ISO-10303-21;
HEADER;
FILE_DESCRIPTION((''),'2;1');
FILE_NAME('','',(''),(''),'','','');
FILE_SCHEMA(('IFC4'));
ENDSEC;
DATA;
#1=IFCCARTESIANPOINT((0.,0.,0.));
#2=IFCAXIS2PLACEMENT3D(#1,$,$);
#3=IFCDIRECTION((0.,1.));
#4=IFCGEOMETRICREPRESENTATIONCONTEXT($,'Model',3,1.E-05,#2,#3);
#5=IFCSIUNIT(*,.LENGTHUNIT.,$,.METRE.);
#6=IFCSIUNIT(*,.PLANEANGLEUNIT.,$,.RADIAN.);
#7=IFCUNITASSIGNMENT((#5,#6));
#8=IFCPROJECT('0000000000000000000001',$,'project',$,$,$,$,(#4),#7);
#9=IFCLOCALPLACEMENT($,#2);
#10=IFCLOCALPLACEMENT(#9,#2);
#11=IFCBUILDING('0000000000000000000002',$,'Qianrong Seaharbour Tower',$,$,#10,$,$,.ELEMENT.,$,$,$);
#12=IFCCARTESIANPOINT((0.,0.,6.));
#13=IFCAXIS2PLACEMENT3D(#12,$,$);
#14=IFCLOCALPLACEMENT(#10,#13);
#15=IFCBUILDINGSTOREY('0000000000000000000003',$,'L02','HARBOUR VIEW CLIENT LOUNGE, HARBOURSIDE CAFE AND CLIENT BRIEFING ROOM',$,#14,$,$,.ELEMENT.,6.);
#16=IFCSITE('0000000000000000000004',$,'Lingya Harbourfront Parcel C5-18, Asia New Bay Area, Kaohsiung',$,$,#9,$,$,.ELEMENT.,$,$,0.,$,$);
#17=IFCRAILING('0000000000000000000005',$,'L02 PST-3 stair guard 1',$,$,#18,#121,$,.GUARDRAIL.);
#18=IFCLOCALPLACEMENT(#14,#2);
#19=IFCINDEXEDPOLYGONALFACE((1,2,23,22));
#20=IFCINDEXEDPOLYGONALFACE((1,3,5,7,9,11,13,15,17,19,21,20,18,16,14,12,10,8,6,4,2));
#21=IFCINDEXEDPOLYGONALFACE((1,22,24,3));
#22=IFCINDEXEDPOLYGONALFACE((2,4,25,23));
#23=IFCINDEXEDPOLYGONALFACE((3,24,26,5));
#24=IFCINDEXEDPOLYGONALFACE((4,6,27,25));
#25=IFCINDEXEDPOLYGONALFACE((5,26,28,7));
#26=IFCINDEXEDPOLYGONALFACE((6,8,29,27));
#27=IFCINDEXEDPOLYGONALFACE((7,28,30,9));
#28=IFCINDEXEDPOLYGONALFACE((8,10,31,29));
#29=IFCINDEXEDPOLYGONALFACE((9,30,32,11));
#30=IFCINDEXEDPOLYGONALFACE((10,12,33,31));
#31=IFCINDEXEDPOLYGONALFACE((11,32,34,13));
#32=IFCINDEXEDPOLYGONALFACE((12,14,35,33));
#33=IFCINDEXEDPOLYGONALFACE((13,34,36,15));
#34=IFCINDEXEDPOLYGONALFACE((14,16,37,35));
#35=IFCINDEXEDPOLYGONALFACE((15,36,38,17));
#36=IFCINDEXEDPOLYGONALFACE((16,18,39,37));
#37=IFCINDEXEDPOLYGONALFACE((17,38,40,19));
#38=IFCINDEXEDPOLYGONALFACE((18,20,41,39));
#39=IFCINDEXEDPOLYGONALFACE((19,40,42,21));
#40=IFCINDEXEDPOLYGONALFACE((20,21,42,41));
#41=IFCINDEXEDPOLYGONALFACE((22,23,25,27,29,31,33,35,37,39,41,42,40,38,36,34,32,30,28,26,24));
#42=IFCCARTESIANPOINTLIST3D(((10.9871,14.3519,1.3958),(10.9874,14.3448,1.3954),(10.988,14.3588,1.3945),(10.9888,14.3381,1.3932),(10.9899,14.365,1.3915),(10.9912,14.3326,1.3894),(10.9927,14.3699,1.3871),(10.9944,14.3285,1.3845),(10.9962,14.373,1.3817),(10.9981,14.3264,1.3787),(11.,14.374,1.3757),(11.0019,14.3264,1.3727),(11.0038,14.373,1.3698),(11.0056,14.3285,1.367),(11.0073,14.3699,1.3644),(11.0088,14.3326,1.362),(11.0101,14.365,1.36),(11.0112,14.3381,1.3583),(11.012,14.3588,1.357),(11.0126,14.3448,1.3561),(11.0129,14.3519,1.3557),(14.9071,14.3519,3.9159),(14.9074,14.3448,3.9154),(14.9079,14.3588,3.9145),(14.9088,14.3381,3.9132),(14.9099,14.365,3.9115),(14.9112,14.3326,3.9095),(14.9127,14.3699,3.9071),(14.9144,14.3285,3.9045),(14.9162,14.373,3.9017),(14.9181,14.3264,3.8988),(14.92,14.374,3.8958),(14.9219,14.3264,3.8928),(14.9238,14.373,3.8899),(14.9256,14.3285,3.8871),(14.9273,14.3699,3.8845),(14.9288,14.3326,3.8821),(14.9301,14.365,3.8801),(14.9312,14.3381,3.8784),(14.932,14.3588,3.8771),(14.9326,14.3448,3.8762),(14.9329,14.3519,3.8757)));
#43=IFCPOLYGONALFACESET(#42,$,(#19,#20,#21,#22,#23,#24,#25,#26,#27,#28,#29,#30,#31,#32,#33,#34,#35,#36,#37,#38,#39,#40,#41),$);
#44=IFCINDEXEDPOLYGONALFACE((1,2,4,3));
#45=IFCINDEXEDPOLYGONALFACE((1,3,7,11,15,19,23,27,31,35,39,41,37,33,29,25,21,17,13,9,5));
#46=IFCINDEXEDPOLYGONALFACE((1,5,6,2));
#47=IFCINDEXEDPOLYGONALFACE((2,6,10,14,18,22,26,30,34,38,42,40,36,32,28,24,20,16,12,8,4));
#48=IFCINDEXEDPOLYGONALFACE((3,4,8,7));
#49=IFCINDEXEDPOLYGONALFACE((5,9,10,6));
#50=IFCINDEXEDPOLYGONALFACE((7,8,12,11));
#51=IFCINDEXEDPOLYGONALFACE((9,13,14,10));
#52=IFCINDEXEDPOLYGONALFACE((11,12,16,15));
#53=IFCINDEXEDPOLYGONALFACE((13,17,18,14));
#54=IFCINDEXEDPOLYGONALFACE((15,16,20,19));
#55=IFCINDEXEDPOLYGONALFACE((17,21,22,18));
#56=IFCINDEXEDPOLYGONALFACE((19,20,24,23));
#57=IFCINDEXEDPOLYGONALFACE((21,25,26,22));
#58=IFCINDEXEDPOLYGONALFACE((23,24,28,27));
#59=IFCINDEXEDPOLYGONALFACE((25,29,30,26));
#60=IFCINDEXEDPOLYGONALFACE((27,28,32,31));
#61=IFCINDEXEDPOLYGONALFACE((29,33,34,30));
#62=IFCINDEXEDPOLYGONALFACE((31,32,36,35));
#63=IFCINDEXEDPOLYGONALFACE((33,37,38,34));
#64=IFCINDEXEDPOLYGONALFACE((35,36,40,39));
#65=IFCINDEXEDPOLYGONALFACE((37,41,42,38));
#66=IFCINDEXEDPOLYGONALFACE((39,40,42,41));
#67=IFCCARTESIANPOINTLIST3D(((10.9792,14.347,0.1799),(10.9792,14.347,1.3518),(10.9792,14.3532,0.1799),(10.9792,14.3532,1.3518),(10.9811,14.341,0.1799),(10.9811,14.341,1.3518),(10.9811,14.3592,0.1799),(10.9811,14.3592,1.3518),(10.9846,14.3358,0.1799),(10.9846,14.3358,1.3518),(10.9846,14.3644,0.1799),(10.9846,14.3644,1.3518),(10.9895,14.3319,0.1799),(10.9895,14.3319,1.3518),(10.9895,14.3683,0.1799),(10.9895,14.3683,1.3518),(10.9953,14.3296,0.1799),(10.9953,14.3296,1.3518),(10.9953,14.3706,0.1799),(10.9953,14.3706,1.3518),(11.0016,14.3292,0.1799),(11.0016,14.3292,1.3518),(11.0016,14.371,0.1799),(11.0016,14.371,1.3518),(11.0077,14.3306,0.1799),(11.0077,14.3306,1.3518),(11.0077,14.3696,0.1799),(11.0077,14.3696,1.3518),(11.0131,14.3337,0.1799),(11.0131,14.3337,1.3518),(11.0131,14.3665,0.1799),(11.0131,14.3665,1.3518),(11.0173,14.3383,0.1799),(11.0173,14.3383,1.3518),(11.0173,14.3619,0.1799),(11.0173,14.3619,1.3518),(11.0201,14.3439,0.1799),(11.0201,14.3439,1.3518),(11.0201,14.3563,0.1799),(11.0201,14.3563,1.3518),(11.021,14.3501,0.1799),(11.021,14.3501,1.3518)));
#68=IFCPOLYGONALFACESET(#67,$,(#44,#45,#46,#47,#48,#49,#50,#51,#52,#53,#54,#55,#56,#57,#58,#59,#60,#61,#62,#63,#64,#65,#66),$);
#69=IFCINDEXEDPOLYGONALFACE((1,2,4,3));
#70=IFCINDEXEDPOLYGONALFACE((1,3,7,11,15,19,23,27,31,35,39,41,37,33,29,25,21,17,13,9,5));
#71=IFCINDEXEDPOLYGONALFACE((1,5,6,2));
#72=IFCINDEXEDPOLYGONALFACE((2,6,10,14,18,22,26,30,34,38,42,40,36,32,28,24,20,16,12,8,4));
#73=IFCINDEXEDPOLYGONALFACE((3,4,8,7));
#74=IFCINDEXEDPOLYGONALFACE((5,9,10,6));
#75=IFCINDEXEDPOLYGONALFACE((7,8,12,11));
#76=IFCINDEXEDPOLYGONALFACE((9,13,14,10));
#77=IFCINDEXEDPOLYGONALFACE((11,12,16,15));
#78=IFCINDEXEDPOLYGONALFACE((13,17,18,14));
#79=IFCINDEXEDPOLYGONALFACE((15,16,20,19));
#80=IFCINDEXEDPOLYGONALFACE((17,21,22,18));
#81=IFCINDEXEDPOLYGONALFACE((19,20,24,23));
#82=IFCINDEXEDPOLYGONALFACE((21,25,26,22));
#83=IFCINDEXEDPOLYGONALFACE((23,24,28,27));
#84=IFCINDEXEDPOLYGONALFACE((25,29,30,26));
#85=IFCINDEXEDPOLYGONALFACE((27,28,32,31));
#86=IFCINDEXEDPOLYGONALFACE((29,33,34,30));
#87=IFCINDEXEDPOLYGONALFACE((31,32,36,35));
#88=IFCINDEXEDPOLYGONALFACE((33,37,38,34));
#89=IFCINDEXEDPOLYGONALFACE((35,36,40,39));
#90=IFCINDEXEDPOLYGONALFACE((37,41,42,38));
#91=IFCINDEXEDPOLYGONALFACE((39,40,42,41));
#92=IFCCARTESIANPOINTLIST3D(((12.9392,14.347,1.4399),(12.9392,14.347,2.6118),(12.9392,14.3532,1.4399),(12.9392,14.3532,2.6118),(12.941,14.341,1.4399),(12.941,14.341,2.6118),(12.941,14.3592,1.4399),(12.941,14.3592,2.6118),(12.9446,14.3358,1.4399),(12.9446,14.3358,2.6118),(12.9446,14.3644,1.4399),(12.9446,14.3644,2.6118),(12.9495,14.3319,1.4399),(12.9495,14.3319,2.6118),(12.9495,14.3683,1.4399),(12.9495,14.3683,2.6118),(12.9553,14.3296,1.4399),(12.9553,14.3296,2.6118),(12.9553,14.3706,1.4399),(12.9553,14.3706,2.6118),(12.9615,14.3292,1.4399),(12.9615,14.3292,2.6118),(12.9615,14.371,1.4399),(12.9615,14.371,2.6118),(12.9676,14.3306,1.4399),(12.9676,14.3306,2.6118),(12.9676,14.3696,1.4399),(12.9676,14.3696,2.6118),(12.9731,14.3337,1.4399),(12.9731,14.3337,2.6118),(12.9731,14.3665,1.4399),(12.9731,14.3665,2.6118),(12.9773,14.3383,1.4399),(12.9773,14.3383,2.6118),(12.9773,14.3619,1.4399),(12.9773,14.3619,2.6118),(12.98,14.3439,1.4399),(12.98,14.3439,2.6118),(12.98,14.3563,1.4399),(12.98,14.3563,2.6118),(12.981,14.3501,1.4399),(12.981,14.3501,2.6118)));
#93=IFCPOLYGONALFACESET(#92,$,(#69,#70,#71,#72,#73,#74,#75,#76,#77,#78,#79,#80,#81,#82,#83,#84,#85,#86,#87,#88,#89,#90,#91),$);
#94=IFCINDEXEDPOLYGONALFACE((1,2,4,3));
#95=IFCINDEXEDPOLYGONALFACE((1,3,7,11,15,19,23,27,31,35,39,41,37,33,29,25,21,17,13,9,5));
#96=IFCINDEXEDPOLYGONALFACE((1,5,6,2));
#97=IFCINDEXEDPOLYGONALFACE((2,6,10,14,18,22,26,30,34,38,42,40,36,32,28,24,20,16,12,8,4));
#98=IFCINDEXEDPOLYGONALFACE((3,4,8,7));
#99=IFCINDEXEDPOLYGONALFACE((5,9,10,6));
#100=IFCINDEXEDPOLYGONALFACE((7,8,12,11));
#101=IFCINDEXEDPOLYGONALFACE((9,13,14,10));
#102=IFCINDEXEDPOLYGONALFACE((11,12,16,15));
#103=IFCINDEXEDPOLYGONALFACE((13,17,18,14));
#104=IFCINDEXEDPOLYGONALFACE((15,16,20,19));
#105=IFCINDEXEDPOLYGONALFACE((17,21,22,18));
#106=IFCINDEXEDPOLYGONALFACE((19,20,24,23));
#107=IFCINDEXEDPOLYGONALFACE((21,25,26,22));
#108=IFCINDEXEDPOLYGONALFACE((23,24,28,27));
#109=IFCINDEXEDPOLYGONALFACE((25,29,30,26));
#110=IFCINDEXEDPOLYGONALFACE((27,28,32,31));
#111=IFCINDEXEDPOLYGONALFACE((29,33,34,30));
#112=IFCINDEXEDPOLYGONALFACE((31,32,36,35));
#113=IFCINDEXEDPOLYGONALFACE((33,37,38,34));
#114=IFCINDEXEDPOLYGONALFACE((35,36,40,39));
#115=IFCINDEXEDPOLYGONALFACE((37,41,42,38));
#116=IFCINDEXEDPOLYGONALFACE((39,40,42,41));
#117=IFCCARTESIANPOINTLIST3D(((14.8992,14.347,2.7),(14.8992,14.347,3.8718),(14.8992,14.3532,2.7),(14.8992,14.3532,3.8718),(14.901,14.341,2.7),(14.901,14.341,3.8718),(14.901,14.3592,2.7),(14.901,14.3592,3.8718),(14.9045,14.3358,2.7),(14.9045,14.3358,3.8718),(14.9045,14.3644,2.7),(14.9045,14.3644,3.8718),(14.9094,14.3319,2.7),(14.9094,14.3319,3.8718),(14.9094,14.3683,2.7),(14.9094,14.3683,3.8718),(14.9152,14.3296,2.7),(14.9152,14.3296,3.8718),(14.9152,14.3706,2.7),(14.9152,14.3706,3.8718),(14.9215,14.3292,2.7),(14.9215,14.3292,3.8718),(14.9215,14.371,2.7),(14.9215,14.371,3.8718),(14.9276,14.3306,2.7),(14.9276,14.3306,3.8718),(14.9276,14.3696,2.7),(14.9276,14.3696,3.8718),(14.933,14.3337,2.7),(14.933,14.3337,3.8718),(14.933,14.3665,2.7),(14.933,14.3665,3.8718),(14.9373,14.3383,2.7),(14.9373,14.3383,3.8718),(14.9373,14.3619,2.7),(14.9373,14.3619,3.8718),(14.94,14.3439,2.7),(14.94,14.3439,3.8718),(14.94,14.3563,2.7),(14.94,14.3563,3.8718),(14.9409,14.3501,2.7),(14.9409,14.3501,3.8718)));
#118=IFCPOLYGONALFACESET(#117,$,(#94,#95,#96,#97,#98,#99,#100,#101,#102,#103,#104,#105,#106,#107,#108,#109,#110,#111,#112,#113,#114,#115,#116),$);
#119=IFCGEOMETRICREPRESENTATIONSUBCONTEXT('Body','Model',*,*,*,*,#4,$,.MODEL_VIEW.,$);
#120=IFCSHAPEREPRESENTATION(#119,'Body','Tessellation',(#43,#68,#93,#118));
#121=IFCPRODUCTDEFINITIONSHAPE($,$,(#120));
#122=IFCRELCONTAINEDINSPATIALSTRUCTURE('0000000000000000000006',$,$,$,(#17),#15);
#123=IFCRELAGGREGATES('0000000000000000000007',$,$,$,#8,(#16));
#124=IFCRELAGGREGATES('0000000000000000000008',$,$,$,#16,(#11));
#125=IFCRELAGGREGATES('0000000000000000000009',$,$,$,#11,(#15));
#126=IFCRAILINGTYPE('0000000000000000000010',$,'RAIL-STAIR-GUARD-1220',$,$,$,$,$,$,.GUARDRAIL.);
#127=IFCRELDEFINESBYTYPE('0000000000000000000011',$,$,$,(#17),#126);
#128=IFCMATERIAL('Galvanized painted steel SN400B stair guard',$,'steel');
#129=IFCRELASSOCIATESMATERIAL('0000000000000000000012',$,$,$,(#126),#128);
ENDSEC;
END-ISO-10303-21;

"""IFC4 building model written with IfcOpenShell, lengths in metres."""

from ifc_helpers import new_model, si_unit, direction, frame, origin, origin_2d, place, context, subcontext, project, spatial, circle, extrude, material, type_object, element, save


model = new_model("IFC4")

# Units and contexts
model_context = context("Model", 3, precision=1e-05, world=origin(), true_north=direction((0.0, 1.0)))
body_context = subcontext(model_context, "Body", "Model", "MODEL_VIEW")
ifc_project = project(units=[si_unit("LENGTHUNIT", "METRE"), si_unit("PLANEANGLEUNIT", "RADIAN")], contexts=[model_context])

# Site, building, storey
site_placement = place(None, origin())
site = spatial("IfcSite", under=ifc_project, at=site_placement, Name="Lingya Harbourfront Parcel C5-18, Asia New Bay Area, Kaohsiung", CompositionType="ELEMENT", RefElevation=0.0)
building_placement = place(site_placement, origin())
building = spatial("IfcBuilding", under=site, at=building_placement, Name="Qianrong Seaharbour Tower", CompositionType="ELEMENT")
storey_placement = place(building_placement, frame((0.0, 0.0, 6.0)))
storey = spatial("IfcBuildingStorey", under=building, at=storey_placement, Name="L02", Description="HARBOUR VIEW CLIENT LOUNGE, HARBOURSIDE CAFE AND CLIENT BRIEFING ROOM", CompositionType="ELEMENT", Elevation=6.0)

# Railing
ifc_material_1 = material(Name="Galvanized painted steel SN400B stair guard", Category="steel")
railing_type_1 = type_object("IfcRailingType", Name="RAIL-STAIR-GUARD-1220", PredefinedType="GUARDRAIL", material=ifc_material_1)
railing_1_placement = place(storey_placement, frame((11.0, 14.3501, 0.1799)))
element("IfcRailing", 1, at=railing_1_placement, inside=storey, type_object=railing_type_1, Name="L02 PST-3 stair guard 1", PredefinedType="GUARDRAIL", context=body_context, shape_type="SweptSolid", body=[
    extrude(circle(Radius=0.0239, at=origin_2d()), frame((0.0, 0.0, 1.1958), z_axis=(0.841172, 0.0, 0.540768), x_axis=(0.0, 1.0, 0.0)), (0.0, 0.0, 1.0), 4.6602),
    extrude(circle(Radius=0.021, at=origin_2d()), origin(), (0.0, 0.0, 1.0), 1.1719),
    extrude(circle(Radius=0.021, at=origin_2d()), frame((1.96, 0.0, 1.26)), (0.0, 0.0, 1.0), 1.1719),
    extrude(circle(Radius=0.021, at=origin_2d()), frame((3.9199, 0.0, 2.52)), (0.0, 0.0, 1.0), 1.1719),
])

save(model, "model.ifc")
